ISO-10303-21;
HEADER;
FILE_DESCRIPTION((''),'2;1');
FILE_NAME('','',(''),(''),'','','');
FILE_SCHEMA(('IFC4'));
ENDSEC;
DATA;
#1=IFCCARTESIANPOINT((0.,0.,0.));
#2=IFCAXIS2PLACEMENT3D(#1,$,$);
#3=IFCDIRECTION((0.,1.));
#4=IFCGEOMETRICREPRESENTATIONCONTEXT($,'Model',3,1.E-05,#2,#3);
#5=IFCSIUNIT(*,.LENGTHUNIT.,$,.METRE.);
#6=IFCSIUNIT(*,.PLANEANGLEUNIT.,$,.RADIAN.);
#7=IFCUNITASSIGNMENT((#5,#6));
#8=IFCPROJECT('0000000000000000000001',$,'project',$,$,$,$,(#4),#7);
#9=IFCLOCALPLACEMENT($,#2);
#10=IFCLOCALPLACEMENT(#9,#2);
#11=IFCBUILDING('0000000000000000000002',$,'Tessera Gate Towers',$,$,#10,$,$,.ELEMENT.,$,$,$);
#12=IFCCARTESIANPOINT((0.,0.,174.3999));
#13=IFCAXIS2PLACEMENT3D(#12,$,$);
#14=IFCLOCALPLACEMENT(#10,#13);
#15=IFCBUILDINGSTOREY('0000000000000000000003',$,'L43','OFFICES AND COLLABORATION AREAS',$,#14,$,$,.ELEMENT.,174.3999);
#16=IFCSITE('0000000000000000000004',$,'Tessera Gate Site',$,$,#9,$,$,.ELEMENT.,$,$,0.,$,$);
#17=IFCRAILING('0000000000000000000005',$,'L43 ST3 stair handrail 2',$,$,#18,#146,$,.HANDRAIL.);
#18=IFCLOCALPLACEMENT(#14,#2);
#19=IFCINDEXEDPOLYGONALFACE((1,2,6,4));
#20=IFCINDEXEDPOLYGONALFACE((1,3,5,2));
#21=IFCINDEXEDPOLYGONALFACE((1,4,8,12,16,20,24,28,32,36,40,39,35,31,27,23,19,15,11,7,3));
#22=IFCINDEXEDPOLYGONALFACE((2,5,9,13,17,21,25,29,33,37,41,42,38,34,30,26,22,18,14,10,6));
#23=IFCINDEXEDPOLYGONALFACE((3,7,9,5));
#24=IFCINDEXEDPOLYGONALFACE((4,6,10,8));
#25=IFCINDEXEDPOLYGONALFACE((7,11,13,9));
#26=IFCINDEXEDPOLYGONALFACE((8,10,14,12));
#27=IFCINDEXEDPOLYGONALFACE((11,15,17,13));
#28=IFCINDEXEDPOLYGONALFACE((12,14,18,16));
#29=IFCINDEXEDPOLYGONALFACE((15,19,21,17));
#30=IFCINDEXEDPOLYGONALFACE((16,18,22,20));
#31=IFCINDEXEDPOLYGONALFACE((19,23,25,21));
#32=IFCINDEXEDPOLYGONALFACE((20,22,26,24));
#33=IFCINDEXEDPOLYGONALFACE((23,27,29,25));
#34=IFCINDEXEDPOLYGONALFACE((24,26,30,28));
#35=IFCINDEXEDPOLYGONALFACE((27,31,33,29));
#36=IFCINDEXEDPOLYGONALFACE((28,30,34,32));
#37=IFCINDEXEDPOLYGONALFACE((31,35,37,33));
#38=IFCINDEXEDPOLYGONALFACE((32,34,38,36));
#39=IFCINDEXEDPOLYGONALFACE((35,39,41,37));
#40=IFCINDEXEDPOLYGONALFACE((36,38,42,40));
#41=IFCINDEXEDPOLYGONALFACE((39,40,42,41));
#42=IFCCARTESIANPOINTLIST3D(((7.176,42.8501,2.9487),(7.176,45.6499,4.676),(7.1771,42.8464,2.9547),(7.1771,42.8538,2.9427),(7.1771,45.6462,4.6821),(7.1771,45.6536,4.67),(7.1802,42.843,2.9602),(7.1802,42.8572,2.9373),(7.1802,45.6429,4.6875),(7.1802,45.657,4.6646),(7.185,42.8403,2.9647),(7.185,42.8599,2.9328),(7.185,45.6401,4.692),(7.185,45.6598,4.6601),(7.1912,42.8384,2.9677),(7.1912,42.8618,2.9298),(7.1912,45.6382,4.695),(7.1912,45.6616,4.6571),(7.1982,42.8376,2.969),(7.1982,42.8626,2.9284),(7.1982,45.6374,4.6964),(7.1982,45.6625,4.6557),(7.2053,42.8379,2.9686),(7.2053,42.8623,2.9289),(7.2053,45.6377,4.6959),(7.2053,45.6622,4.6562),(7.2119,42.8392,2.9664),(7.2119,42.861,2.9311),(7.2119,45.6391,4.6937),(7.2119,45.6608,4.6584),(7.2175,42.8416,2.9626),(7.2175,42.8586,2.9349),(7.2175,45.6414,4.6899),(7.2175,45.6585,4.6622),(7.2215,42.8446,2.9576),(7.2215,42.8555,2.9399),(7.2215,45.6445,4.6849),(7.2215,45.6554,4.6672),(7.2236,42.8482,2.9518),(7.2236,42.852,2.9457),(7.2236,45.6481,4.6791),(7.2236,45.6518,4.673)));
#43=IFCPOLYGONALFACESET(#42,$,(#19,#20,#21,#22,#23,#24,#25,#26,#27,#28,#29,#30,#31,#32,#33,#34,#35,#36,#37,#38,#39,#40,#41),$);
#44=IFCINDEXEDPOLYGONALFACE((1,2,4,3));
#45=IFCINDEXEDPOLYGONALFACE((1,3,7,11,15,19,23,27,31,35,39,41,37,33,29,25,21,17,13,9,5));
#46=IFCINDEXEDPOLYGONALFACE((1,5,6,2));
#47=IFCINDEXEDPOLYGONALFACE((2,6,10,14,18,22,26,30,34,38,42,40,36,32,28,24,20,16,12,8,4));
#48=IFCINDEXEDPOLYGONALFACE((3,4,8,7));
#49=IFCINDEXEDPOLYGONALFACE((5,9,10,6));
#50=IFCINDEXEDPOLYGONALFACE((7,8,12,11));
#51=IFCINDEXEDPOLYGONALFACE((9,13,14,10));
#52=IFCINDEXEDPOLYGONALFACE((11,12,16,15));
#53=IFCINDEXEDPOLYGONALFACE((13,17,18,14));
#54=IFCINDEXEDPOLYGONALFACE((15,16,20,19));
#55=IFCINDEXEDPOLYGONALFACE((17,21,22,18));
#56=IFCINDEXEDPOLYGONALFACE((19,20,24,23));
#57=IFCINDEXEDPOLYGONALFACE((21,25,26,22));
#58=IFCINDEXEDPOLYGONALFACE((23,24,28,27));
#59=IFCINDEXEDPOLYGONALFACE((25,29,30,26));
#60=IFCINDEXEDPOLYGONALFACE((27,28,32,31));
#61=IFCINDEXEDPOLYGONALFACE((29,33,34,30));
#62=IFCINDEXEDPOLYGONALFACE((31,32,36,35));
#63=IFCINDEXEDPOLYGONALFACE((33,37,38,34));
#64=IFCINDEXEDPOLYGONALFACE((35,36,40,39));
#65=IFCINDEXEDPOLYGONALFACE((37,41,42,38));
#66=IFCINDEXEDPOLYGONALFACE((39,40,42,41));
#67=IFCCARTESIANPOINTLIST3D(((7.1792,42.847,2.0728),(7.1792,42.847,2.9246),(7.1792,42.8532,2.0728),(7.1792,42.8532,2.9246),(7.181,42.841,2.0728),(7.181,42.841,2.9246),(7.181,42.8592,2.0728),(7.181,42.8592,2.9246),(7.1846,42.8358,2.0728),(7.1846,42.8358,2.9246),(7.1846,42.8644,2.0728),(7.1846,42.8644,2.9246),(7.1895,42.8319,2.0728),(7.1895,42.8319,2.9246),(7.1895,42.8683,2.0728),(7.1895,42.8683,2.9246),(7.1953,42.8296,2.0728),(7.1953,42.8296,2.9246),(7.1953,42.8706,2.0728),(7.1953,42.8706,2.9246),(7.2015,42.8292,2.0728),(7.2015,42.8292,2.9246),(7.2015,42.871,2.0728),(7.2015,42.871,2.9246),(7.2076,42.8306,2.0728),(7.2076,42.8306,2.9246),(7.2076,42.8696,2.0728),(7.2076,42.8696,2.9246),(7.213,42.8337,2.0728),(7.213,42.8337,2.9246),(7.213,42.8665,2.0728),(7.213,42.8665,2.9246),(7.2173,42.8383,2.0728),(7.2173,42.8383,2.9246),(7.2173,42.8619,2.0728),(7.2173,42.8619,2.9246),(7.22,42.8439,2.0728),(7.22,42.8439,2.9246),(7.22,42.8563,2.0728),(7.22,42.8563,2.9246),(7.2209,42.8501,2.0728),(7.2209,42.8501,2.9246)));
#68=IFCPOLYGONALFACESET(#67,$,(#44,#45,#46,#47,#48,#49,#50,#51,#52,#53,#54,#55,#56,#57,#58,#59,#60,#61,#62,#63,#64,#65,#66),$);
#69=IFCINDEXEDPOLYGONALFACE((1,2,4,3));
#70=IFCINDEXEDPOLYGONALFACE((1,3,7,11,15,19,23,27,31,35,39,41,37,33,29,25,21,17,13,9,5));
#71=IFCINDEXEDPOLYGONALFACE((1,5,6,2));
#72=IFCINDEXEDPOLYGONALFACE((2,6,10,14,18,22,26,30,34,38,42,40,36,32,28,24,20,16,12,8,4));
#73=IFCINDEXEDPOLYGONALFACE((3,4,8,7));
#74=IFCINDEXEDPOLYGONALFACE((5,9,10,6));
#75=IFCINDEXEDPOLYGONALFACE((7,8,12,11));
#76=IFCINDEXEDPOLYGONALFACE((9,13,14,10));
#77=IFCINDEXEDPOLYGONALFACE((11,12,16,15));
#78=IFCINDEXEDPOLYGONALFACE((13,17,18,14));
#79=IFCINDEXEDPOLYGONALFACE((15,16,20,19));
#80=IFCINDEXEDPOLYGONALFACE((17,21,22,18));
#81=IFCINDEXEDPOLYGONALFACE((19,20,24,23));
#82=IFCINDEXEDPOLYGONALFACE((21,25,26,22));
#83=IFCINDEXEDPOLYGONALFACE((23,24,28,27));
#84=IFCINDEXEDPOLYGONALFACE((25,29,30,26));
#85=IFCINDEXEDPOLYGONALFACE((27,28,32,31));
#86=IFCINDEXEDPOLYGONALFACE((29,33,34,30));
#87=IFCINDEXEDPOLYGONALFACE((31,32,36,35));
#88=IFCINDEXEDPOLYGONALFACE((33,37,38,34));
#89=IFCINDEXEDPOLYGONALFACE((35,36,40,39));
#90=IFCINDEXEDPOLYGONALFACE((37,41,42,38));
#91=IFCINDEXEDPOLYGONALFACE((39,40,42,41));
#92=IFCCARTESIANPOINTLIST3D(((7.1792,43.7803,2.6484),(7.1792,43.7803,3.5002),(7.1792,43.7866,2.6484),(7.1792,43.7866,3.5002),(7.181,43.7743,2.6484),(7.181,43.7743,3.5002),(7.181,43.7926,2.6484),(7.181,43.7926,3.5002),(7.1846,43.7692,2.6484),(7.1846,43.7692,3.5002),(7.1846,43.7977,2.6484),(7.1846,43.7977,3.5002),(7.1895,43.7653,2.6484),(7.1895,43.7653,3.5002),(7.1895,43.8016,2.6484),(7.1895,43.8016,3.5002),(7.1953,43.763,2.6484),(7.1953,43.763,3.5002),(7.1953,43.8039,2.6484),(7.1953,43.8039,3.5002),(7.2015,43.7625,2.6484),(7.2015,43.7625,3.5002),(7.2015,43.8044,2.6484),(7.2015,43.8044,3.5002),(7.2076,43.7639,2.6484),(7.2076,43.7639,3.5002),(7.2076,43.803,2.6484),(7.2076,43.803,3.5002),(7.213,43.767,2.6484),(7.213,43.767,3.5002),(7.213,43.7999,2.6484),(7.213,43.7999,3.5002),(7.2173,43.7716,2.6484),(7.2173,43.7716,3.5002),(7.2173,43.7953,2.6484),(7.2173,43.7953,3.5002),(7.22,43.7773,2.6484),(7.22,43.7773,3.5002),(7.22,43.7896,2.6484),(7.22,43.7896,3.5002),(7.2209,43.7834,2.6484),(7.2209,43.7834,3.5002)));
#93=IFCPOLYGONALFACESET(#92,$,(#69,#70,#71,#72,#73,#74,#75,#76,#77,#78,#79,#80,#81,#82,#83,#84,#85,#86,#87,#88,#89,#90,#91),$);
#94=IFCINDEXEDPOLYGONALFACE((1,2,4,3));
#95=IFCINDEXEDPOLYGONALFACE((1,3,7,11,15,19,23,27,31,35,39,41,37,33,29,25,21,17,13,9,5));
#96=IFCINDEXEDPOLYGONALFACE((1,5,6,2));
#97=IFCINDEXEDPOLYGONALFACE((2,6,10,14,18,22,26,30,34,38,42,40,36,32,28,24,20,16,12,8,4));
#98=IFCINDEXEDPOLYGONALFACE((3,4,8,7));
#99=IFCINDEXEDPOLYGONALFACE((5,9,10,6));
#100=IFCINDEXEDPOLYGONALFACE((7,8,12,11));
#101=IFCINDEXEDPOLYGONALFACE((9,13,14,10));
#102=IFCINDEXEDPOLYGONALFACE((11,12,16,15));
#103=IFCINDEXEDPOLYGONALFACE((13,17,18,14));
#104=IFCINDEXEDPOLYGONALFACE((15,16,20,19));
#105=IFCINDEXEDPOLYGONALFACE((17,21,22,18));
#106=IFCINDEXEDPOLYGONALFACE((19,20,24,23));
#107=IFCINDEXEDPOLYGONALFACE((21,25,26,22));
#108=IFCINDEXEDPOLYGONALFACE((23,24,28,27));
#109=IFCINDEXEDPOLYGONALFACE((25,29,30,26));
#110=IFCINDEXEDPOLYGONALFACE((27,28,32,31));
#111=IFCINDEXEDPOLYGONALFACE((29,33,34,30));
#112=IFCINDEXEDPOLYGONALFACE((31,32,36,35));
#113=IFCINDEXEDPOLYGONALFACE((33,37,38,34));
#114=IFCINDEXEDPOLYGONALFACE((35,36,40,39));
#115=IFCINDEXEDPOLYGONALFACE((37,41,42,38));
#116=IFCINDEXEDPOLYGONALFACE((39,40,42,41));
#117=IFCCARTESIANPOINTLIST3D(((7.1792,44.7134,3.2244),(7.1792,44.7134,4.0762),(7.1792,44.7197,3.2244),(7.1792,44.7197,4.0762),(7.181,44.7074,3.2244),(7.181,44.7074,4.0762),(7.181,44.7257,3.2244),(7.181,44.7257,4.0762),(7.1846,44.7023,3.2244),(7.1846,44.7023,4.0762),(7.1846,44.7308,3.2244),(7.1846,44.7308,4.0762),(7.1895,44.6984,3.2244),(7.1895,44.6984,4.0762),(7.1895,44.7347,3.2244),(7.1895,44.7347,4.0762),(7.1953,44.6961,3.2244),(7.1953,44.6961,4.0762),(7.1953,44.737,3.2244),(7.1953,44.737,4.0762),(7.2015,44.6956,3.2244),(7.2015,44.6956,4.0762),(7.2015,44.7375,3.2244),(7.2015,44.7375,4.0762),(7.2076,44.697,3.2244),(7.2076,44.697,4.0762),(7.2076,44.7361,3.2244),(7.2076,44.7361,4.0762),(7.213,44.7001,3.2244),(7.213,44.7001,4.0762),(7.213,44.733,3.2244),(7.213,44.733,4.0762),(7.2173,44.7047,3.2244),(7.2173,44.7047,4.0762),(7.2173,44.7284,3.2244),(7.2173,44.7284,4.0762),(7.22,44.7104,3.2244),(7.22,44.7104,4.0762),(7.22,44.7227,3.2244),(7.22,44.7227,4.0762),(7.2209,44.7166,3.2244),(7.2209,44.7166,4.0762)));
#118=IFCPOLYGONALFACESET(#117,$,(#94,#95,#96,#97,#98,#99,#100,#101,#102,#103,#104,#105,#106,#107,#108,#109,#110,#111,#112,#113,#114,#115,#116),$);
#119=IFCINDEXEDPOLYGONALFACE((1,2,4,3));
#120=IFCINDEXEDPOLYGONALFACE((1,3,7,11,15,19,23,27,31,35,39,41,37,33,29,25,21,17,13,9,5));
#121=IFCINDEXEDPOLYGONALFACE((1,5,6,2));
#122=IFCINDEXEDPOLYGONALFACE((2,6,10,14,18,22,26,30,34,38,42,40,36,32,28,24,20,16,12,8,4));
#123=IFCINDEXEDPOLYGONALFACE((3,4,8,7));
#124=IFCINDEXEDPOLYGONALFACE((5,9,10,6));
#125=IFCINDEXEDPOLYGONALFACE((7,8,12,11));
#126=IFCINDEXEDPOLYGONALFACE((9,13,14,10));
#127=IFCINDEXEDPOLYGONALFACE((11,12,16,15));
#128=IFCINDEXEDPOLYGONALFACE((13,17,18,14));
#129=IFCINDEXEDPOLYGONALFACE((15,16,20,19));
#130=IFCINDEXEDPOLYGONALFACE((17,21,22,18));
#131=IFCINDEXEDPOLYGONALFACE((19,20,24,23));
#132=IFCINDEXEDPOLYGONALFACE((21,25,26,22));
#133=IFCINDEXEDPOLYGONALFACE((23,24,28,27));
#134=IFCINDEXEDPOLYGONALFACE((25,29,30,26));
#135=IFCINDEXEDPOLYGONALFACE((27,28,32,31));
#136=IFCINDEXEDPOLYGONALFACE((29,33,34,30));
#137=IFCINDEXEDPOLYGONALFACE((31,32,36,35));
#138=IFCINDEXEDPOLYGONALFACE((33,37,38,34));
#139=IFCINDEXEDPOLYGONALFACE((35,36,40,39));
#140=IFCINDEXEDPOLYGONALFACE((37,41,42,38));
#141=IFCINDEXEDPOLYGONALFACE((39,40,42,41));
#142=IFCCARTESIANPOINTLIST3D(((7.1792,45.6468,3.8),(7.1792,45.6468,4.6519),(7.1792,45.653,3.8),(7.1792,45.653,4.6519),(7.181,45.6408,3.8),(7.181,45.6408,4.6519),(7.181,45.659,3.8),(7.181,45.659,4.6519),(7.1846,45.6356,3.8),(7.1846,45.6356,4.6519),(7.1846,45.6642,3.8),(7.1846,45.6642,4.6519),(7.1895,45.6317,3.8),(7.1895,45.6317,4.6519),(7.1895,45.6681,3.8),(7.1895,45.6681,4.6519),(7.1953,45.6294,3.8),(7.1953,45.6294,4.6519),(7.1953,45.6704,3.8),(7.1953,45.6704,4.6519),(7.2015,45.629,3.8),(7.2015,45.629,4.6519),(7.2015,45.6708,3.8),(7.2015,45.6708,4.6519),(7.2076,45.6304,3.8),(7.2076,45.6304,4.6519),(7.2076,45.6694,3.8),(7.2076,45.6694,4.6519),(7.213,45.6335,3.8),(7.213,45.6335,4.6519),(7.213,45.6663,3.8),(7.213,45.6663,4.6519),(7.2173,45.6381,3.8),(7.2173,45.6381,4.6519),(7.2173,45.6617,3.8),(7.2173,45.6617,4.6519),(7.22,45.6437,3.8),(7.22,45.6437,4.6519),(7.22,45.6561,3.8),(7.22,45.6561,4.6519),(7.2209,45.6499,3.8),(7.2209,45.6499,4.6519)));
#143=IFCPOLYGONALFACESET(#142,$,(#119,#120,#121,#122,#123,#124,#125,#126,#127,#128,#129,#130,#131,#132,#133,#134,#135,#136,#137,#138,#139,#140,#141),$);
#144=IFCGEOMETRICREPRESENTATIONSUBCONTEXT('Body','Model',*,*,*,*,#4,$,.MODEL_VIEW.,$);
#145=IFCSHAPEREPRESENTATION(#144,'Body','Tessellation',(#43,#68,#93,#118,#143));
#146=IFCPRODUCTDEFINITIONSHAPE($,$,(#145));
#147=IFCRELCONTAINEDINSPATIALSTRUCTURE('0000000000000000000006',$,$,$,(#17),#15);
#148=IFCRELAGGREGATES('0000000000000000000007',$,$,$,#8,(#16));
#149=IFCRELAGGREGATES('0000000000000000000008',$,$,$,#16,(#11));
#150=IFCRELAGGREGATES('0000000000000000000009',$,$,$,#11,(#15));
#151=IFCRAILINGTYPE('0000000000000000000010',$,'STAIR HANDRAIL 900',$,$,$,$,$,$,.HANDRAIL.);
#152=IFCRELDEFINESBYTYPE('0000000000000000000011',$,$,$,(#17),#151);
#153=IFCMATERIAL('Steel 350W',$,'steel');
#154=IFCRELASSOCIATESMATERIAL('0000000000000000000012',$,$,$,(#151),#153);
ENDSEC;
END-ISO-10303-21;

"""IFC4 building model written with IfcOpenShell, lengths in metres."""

from ifc_helpers import new_model, si_unit, direction, frame, origin, origin_2d, place, context, subcontext, project, spatial, circle, extrude, material, type_object, element, save


model = new_model("IFC4")

# Units and contexts
model_context = context("Model", 3, precision=1e-05, world=origin(), true_north=direction((0.0, 1.0)))
body_context = subcontext(model_context, "Body", "Model", "MODEL_VIEW")
ifc_project = project(units=[si_unit("LENGTHUNIT", "METRE"), si_unit("PLANEANGLEUNIT", "RADIAN")], contexts=[model_context])

# Site, building, storey
site_placement = place(None, origin())
site = spatial("IfcSite", under=ifc_project, at=site_placement, Name="Tessera Gate Site", CompositionType="ELEMENT", RefElevation=0.0)
building_placement = place(site_placement, origin())
building = spatial("IfcBuilding", under=site, at=building_placement, Name="Tessera Gate Towers", CompositionType="ELEMENT")
storey_placement = place(building_placement, frame((0.0, 0.0, 174.3999)))
storey = spatial("IfcBuildingStorey", under=building, at=storey_placement, Name="L43", Description="OFFICES AND COLLABORATION AREAS", CompositionType="ELEMENT", Elevation=174.3999)

# Railing
ifc_material_1 = material(Name="Steel 350W", Category="steel")
railing_type = type_object("IfcRailingType", Name="STAIR HANDRAIL 900", PredefinedType="HANDRAIL", material=ifc_material_1)
railing_placement = place(storey_placement, frame((7.2, 42.8501, 2.0728)))
element("IfcRailing", 1, at=railing_placement, inside=storey, type_object=railing_type, Name="L43 ST3 stair handrail 2", PredefinedType="HANDRAIL", context=body_context, shape_type="SweptSolid", body=[
    extrude(circle(Radius=0.0239, at=origin_2d()), frame((0.0, 0.0, 0.876), z_axis=(0.0, 0.851069, 0.525054), x_axis=(-1.0, 0.0, 0.0)), (0.0, 0.0, 1.0), 3.2898),
    extrude(circle(Radius=0.021, at=origin_2d()), origin(), (0.0, 0.0, 1.0), 0.8518),
    extrude(circle(Radius=0.021, at=origin_2d()), frame((0.0, 0.9333, 0.5757)), (0.0, 0.0, 1.0), 0.8518),
    extrude(circle(Radius=0.021, at=origin_2d()), frame((0.0, 1.8665, 1.1516)), (0.0, 0.0, 1.0), 0.8518),
    extrude(circle(Radius=0.021, at=origin_2d()), frame((0.0, 2.7998, 1.7273)), (0.0, 0.0, 1.0), 0.8518),
])

save(model, "model.ifc")
